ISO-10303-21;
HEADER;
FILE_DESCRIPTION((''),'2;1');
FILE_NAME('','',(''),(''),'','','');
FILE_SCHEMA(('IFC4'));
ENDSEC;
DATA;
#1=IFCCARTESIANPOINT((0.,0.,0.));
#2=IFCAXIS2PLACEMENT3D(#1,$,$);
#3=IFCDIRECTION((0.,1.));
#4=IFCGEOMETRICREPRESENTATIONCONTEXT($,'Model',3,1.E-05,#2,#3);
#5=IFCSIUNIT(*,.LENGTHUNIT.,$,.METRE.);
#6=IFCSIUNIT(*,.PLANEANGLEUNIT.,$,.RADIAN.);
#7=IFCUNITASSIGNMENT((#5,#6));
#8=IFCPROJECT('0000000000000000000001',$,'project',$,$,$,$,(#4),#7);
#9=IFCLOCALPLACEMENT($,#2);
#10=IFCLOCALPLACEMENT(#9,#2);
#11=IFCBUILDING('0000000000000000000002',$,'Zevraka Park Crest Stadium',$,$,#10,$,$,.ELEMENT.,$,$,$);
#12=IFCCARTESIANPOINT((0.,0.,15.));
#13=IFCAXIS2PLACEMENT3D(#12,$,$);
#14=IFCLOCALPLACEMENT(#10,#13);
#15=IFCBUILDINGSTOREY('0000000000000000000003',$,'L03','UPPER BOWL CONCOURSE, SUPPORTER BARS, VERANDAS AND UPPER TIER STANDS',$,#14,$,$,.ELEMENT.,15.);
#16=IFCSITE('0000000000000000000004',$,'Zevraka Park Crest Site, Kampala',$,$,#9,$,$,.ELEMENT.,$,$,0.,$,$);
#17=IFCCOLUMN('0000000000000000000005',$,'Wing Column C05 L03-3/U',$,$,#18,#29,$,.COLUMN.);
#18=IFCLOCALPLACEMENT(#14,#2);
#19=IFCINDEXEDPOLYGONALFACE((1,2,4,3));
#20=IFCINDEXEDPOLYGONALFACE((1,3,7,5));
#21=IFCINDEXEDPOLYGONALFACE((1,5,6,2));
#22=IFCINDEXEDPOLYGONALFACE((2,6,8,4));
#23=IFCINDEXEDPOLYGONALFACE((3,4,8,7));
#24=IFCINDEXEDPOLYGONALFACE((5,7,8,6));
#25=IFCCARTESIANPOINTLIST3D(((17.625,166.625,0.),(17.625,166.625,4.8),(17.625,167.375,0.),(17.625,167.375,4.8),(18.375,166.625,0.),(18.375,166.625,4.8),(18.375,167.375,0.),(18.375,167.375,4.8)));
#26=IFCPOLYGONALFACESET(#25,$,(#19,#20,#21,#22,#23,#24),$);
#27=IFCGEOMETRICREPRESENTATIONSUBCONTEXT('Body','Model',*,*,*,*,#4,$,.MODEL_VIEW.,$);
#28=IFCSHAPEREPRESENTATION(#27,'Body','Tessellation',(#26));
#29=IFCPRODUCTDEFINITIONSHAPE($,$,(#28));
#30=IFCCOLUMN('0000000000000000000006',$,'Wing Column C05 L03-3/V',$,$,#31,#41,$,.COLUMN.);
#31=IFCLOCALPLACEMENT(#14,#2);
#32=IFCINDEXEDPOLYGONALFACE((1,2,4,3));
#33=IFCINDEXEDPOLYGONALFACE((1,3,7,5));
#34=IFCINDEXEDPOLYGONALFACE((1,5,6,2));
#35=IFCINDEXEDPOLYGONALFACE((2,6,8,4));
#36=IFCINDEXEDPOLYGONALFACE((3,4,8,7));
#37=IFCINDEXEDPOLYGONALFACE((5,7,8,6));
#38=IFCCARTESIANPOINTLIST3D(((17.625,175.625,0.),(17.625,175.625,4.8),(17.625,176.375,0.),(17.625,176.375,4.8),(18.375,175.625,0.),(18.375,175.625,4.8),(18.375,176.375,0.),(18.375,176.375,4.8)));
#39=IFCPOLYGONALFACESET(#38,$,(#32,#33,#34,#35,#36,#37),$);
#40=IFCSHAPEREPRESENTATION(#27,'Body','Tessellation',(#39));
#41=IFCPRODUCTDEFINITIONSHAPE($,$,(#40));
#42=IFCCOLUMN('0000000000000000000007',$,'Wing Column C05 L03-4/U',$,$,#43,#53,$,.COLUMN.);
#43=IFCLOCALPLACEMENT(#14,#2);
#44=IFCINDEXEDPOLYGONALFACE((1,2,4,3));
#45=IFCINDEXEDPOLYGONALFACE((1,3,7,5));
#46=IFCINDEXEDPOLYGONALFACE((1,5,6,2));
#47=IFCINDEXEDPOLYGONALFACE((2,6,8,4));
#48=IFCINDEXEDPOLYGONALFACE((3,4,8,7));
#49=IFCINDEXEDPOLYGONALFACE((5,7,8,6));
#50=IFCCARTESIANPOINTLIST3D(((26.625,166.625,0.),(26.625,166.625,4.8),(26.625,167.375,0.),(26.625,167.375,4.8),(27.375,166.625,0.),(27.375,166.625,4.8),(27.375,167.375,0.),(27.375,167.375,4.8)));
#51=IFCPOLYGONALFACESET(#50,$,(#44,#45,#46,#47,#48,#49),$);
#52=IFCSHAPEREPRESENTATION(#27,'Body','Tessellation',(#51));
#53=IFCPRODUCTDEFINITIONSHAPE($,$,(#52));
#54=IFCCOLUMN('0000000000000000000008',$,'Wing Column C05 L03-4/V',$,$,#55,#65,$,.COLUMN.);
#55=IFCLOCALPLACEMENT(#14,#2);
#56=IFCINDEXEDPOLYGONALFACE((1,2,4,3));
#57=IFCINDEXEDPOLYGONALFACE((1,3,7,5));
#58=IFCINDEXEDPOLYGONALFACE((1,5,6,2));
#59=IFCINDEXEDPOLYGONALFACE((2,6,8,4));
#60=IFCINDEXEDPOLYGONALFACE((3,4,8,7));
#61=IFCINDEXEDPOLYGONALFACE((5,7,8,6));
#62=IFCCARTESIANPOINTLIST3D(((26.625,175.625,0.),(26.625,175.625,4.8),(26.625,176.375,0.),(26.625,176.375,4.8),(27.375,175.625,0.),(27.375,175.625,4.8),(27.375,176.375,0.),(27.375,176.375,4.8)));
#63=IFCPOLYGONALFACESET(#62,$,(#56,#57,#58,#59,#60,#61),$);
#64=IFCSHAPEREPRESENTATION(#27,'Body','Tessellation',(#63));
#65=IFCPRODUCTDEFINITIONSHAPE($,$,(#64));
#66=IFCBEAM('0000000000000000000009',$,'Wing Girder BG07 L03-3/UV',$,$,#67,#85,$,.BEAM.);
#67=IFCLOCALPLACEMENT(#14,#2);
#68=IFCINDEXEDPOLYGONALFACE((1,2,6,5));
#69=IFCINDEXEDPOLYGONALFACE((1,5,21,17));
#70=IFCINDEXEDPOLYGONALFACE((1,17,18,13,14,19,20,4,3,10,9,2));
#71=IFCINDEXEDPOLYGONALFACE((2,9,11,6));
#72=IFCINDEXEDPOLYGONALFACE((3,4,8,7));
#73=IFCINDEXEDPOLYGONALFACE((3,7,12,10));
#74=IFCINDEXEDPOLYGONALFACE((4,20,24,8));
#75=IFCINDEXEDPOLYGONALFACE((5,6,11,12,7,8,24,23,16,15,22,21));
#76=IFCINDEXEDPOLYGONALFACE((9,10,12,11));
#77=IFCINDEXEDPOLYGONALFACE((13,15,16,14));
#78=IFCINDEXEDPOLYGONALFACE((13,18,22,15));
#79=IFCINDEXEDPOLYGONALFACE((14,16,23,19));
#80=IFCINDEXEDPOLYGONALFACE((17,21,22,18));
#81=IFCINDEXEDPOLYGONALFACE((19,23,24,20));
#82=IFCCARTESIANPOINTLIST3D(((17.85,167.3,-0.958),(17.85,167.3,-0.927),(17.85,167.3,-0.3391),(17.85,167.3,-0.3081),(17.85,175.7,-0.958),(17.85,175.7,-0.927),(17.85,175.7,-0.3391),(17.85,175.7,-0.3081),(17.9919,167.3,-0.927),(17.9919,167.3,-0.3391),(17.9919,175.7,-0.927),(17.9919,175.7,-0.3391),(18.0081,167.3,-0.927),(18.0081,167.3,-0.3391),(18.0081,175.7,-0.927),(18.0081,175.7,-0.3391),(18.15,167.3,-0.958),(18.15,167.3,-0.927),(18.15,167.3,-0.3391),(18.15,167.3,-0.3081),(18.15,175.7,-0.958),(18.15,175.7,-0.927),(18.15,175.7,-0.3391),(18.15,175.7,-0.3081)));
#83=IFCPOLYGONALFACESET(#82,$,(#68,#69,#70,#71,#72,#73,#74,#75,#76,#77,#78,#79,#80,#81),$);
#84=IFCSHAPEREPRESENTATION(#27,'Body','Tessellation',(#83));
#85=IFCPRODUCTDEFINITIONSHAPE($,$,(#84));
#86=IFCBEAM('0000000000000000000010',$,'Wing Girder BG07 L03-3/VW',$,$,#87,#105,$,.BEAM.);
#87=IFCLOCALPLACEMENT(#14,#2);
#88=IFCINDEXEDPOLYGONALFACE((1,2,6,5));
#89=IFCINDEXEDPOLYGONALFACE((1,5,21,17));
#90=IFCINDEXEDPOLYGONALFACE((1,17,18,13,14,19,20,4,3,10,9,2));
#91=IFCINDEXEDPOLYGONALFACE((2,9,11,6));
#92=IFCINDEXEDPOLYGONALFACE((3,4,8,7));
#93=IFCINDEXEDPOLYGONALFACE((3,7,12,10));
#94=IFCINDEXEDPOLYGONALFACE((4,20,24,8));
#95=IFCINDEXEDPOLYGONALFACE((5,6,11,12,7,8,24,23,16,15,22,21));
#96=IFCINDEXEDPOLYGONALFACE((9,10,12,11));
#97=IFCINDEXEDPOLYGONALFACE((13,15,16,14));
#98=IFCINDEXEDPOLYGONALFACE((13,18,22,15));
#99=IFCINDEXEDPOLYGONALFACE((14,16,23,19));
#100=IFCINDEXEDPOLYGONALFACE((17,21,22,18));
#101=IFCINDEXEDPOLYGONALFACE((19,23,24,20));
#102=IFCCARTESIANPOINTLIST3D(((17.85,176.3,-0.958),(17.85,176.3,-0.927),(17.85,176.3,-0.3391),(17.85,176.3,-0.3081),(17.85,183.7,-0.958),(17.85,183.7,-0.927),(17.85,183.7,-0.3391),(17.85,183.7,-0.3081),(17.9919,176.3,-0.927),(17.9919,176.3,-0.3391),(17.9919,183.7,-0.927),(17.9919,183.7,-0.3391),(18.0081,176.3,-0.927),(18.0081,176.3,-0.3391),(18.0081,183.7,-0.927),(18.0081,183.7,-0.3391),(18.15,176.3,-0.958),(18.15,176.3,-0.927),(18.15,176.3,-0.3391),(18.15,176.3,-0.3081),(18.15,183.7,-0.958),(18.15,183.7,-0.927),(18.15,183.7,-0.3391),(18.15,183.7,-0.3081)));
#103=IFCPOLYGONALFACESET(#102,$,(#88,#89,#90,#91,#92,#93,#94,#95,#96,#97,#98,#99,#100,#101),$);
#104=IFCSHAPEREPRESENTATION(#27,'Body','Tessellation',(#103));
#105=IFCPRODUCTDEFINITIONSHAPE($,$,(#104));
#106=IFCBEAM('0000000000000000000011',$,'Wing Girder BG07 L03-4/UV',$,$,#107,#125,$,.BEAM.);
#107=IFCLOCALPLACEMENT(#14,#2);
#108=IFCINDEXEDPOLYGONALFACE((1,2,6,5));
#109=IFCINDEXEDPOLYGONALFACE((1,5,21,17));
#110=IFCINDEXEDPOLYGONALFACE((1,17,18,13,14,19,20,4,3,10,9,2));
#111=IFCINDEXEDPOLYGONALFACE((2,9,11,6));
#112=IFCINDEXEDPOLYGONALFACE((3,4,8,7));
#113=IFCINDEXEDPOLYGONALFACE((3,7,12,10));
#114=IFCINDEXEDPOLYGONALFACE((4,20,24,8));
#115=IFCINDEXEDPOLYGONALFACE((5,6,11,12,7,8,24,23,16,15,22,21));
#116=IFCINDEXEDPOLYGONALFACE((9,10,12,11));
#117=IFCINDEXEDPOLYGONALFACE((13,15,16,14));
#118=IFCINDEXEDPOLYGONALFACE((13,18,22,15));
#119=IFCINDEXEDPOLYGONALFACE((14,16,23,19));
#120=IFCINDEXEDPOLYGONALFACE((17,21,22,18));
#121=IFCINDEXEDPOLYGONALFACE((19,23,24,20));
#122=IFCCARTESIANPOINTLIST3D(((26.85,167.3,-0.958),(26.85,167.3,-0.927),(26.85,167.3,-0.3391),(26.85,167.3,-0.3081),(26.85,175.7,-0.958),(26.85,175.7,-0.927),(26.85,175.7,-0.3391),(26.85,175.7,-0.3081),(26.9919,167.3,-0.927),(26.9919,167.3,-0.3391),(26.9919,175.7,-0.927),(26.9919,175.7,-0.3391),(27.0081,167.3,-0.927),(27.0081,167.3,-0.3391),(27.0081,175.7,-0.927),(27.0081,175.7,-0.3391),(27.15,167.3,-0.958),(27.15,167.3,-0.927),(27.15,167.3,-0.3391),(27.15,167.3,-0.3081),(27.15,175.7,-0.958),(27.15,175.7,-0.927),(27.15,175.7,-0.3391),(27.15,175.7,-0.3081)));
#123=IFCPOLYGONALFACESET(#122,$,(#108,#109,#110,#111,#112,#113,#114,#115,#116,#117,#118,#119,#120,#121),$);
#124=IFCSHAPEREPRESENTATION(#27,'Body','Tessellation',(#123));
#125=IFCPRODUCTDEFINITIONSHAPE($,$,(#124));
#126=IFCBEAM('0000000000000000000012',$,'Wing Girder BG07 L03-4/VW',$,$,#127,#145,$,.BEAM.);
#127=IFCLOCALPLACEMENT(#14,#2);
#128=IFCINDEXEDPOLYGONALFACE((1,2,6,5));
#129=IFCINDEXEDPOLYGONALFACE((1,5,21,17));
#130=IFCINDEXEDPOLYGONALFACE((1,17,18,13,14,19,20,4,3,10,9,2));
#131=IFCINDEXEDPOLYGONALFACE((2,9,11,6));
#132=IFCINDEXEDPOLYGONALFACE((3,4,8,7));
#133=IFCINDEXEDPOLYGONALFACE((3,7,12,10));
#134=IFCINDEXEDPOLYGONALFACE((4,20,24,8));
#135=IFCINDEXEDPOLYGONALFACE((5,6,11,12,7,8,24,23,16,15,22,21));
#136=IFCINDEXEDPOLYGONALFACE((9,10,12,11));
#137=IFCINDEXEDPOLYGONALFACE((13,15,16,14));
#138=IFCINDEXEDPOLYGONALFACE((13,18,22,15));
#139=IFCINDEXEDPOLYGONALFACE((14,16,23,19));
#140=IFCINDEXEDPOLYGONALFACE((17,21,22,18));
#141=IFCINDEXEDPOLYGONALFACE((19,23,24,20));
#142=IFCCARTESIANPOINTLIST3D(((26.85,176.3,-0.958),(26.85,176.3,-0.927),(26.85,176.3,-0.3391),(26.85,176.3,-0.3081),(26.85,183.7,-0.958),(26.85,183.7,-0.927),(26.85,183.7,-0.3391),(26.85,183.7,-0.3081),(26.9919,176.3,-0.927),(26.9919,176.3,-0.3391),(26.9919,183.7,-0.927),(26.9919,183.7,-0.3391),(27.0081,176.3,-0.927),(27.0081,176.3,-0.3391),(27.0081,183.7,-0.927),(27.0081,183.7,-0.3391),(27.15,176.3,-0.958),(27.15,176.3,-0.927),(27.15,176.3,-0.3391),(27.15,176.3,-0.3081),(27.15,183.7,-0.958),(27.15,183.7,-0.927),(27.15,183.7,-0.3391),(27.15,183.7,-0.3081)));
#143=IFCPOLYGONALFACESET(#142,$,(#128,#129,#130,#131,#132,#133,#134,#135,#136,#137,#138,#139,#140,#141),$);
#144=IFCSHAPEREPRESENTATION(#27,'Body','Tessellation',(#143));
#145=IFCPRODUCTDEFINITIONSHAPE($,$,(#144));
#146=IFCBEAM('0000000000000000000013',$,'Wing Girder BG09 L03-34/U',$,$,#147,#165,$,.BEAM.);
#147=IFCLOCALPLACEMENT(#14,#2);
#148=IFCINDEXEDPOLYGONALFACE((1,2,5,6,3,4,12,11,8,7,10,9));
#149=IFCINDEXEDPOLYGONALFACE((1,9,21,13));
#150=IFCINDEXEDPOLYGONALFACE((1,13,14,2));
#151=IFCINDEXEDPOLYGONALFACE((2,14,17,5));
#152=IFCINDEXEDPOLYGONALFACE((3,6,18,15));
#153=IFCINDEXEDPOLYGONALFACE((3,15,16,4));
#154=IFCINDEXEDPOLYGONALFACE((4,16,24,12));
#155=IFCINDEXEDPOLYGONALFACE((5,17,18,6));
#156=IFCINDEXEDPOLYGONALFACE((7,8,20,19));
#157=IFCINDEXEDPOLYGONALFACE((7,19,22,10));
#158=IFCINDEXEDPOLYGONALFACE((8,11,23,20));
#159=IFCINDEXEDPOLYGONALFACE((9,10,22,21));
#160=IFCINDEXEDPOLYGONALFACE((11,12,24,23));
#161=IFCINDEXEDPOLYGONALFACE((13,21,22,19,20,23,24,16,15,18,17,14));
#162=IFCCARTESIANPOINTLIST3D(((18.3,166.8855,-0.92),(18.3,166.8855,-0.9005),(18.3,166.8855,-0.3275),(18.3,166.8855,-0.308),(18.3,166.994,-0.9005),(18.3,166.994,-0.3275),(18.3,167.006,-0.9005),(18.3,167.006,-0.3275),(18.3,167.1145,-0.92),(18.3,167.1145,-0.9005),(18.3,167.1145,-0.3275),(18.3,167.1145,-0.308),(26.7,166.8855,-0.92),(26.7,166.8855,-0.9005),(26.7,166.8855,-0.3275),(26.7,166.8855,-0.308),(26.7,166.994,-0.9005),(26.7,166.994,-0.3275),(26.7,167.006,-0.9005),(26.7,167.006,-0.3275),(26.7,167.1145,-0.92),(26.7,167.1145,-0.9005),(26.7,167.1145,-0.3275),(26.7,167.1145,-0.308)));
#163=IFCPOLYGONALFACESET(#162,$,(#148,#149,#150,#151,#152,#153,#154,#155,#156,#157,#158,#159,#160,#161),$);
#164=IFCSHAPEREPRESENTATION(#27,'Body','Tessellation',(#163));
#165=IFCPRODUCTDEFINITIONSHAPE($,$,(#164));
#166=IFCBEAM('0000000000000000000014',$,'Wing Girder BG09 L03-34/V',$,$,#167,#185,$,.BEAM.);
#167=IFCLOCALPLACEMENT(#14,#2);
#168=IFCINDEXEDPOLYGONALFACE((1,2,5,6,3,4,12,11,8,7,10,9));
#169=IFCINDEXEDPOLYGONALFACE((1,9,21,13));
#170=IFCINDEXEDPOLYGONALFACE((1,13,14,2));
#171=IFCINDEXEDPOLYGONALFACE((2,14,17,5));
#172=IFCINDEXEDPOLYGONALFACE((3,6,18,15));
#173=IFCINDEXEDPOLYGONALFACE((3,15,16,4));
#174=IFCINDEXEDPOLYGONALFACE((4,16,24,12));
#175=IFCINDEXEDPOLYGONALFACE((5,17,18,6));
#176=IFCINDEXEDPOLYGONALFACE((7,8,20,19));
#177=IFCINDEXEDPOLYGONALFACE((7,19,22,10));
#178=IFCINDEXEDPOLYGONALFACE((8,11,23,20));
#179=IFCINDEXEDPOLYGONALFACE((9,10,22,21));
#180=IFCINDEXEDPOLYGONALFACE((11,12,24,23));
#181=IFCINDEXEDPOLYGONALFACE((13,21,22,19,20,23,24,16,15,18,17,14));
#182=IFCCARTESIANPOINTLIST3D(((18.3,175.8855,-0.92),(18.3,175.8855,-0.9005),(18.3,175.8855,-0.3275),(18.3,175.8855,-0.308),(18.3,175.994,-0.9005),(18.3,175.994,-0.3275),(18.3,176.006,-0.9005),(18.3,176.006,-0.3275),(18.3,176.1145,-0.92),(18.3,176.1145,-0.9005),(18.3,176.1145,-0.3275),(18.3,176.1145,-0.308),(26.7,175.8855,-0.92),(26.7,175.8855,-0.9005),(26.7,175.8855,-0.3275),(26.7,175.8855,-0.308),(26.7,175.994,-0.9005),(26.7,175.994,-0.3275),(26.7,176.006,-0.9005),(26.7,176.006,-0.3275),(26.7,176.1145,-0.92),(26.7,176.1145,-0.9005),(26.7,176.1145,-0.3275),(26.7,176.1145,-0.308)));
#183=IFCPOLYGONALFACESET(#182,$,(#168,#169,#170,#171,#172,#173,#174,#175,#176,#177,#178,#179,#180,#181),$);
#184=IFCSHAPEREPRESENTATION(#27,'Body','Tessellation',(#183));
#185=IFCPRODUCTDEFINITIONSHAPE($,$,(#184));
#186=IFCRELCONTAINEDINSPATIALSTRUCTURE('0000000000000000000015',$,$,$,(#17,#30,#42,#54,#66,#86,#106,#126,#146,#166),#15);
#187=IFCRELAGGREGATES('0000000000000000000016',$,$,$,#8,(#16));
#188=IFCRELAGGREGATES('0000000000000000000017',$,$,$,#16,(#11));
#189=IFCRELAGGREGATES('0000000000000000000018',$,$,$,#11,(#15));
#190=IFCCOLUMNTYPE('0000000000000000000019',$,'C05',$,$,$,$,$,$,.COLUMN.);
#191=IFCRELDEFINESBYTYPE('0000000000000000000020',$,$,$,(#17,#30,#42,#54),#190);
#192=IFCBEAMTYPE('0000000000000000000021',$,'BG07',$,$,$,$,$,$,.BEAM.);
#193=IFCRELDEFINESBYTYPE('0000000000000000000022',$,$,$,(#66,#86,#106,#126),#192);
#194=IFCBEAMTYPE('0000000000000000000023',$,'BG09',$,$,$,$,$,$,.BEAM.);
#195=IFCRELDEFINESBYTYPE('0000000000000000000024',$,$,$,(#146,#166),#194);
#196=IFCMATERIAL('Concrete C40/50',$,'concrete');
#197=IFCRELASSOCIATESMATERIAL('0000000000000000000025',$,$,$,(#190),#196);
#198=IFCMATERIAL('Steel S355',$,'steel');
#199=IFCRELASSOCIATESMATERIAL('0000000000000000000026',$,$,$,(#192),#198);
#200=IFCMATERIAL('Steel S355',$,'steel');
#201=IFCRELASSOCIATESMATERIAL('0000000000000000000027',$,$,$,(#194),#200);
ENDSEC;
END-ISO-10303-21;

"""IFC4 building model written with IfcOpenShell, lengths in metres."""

from ifc_helpers import new_model, si_unit, direction, frame, origin, origin_2d, place, context, subcontext, project, spatial, rectangle, i_section, extrude, material, material_profile, profile_set, type_object, element, save


model = new_model("IFC4")

# Units and contexts
model_context = context("Model", 3, precision=1e-05, world=origin(), true_north=direction((0.0, 1.0)))
body_context = subcontext(model_context, "Body", "Model", "MODEL_VIEW")
ifc_project = project(units=[si_unit("LENGTHUNIT", "METRE"), si_unit("PLANEANGLEUNIT", "RADIAN")], contexts=[model_context])

# Site, building, storey
site_placement = place(None, origin())
site = spatial("IfcSite", under=ifc_project, at=site_placement, Name="Zevraka Park Crest Site, Kampala", CompositionType="ELEMENT", RefElevation=0.0)
building_placement = place(site_placement, origin())
building = spatial("IfcBuilding", under=site, at=building_placement, Name="Zevraka Park Crest Stadium", CompositionType="ELEMENT")
storey_placement = place(building_placement, frame((0.0, 0.0, 15.0)))
storey = spatial("IfcBuildingStorey", under=building, at=storey_placement, Name="L03", Description="UPPER BOWL CONCOURSE, SUPPORTER BARS, VERANDAS AND UPPER TIER STANDS", CompositionType="ELEMENT", Elevation=15.0)

# Columns
ifc_material_1 = material(Name="Concrete C40/50", Category="concrete")
ifc_material_profile_1 = material_profile(ifc_material_1, rectangle(XDim=0.75, YDim=0.75, at=origin_2d()), Name="RC 750x750")
ifc_profile_set_1 = profile_set([ifc_material_profile_1], Name="Concrete C40/50")
column_type = type_object("IfcColumnType", Name="C05", PredefinedType="COLUMN", material=ifc_profile_set_1)
for number, where, z_axis, x_axis, name in (
    (1, (18.0, 167.0, 0.0), (0.0, 0.0, 1.0), (1.0, 0.0, 0.0), "Wing Column C05 L03-3/U"),
    (2, (18.0, 176.0, 0.0), (0.0, 0.0, 1.0), (1.0, 0.0, 0.0), "Wing Column C05 L03-3/V"),
    (3, (27.0, 167.0, 0.0), (0.0, 0.0, 1.0), (1.0, 0.0, 0.0), "Wing Column C05 L03-4/U"),
    (4, (27.0, 176.0, 0.0), (0.0, 0.0, 1.0), (1.0, 0.0, 0.0), "Wing Column C05 L03-4/V"),
):
    element("IfcColumn", number, at=place(storey_placement, frame(where, z_axis=z_axis, x_axis=x_axis)), inside=storey, type_object=column_type, Name=name, PredefinedType="COLUMN", context=body_context, shape_type="SweptSolid", body=[
        extrude(rectangle(XDim=0.75, YDim=0.75, at=origin_2d()), origin(), (0.0, 0.0, 1.0), 4.8),
    ])

# Beams
ifc_material_2 = material(Name="Steel S355", Category="steel")
ifc_material_profile_2 = material_profile(ifc_material_2, i_section(OverallWidth=0.3, OverallDepth=0.6499, WebThickness=0.0161, FlangeThickness=0.031, at=origin_2d()), Name="HEB 650")
ifc_profile_set_2 = profile_set([ifc_material_profile_2], Name="Steel S355")
beam_type_1 = type_object("IfcBeamType", Name="BG07", PredefinedType="BEAM", material=ifc_profile_set_2)
beam_1_placement = place(storey_placement, frame((18.0, 167.3, -0.6331), z_axis=(0.0, 1.0, 0.0), x_axis=(-1.0, 0.0, 0.0)))
element("IfcBeam", 5, at=beam_1_placement, inside=storey, type_object=beam_type_1, Name="Wing Girder BG07 L03-3/UV", PredefinedType="BEAM", context=body_context, shape_type="SweptSolid", body=[
    extrude(i_section(OverallWidth=0.3, OverallDepth=0.6499, WebThickness=0.0161, FlangeThickness=0.031, at=origin_2d()), origin(), (0.0, 0.0, 1.0), 8.3999),
])
beam_2_placement = place(storey_placement, frame((18.0, 176.3, -0.6331), z_axis=(0.0, 1.0, 0.0), x_axis=(-1.0, 0.0, 0.0)))
element("IfcBeam", 6, at=beam_2_placement, inside=storey, type_object=beam_type_1, Name="Wing Girder BG07 L03-3/VW", PredefinedType="BEAM", context=body_context, shape_type="SweptSolid", body=[
    extrude(i_section(OverallWidth=0.3, OverallDepth=0.6499, WebThickness=0.0161, FlangeThickness=0.031, at=origin_2d()), origin(), (0.0, 0.0, 1.0), 7.3999),
])
beam_3_placement = place(storey_placement, frame((27.0, 167.3, -0.6331), z_axis=(0.0, 1.0, 0.0), x_axis=(-1.0, 0.0, 0.0)))
element("IfcBeam", 7, at=beam_3_placement, inside=storey, type_object=beam_type_1, Name="Wing Girder BG07 L03-4/UV", PredefinedType="BEAM", context=body_context, shape_type="SweptSolid", body=[
    extrude(i_section(OverallWidth=0.3, OverallDepth=0.6499, WebThickness=0.0161, FlangeThickness=0.031, at=origin_2d()), origin(), (0.0, 0.0, 1.0), 8.3999),
])
beam_4_placement = place(storey_placement, frame((27.0, 176.3, -0.6331), z_axis=(0.0, 1.0, 0.0), x_axis=(-1.0, 0.0, 0.0)))
element("IfcBeam", 8, at=beam_4_placement, inside=storey, type_object=beam_type_1, Name="Wing Girder BG07 L03-4/VW", PredefinedType="BEAM", context=body_context, shape_type="SweptSolid", body=[
    extrude(i_section(OverallWidth=0.3, OverallDepth=0.6499, WebThickness=0.0161, FlangeThickness=0.031, at=origin_2d()), origin(), (0.0, 0.0, 1.0), 7.3999),
])
ifc_material_3 = material(Name="Steel S355", Category="steel")
ifc_material_profile_3 = material_profile(ifc_material_3, i_section(OverallWidth=0.229, OverallDepth=0.6121, WebThickness=0.012, FlangeThickness=0.0195, at=origin_2d()), Name="UKB 610x229x125")
ifc_profile_set_3 = profile_set([ifc_material_profile_3], Name="Steel S355")
beam_type_2 = type_object("IfcBeamType", Name="BG09", PredefinedType="BEAM", material=ifc_profile_set_3)
for number, where, z_axis, x_axis, name in (
    (9, (18.3, 167.0, -0.614), (1.0, 0.0, 0.0), (0.0, 1.0, 0.0), "Wing Girder BG09 L03-34/U"),
    (10, (18.3, 176.0, -0.614), (1.0, 0.0, 0.0), (0.0, 1.0, 0.0), "Wing Girder BG09 L03-34/V"),
):
    element("IfcBeam", number, at=place(storey_placement, frame(where, z_axis=z_axis, x_axis=x_axis)), inside=storey, type_object=beam_type_2, Name=name, PredefinedType="BEAM", context=body_context, shape_type="SweptSolid", body=[
        extrude(i_section(OverallWidth=0.229, OverallDepth=0.6121, WebThickness=0.012, FlangeThickness=0.0195, at=origin_2d()), origin(), (0.0, 0.0, 1.0), 8.3999),
    ])

save(model, "model.ifc")
